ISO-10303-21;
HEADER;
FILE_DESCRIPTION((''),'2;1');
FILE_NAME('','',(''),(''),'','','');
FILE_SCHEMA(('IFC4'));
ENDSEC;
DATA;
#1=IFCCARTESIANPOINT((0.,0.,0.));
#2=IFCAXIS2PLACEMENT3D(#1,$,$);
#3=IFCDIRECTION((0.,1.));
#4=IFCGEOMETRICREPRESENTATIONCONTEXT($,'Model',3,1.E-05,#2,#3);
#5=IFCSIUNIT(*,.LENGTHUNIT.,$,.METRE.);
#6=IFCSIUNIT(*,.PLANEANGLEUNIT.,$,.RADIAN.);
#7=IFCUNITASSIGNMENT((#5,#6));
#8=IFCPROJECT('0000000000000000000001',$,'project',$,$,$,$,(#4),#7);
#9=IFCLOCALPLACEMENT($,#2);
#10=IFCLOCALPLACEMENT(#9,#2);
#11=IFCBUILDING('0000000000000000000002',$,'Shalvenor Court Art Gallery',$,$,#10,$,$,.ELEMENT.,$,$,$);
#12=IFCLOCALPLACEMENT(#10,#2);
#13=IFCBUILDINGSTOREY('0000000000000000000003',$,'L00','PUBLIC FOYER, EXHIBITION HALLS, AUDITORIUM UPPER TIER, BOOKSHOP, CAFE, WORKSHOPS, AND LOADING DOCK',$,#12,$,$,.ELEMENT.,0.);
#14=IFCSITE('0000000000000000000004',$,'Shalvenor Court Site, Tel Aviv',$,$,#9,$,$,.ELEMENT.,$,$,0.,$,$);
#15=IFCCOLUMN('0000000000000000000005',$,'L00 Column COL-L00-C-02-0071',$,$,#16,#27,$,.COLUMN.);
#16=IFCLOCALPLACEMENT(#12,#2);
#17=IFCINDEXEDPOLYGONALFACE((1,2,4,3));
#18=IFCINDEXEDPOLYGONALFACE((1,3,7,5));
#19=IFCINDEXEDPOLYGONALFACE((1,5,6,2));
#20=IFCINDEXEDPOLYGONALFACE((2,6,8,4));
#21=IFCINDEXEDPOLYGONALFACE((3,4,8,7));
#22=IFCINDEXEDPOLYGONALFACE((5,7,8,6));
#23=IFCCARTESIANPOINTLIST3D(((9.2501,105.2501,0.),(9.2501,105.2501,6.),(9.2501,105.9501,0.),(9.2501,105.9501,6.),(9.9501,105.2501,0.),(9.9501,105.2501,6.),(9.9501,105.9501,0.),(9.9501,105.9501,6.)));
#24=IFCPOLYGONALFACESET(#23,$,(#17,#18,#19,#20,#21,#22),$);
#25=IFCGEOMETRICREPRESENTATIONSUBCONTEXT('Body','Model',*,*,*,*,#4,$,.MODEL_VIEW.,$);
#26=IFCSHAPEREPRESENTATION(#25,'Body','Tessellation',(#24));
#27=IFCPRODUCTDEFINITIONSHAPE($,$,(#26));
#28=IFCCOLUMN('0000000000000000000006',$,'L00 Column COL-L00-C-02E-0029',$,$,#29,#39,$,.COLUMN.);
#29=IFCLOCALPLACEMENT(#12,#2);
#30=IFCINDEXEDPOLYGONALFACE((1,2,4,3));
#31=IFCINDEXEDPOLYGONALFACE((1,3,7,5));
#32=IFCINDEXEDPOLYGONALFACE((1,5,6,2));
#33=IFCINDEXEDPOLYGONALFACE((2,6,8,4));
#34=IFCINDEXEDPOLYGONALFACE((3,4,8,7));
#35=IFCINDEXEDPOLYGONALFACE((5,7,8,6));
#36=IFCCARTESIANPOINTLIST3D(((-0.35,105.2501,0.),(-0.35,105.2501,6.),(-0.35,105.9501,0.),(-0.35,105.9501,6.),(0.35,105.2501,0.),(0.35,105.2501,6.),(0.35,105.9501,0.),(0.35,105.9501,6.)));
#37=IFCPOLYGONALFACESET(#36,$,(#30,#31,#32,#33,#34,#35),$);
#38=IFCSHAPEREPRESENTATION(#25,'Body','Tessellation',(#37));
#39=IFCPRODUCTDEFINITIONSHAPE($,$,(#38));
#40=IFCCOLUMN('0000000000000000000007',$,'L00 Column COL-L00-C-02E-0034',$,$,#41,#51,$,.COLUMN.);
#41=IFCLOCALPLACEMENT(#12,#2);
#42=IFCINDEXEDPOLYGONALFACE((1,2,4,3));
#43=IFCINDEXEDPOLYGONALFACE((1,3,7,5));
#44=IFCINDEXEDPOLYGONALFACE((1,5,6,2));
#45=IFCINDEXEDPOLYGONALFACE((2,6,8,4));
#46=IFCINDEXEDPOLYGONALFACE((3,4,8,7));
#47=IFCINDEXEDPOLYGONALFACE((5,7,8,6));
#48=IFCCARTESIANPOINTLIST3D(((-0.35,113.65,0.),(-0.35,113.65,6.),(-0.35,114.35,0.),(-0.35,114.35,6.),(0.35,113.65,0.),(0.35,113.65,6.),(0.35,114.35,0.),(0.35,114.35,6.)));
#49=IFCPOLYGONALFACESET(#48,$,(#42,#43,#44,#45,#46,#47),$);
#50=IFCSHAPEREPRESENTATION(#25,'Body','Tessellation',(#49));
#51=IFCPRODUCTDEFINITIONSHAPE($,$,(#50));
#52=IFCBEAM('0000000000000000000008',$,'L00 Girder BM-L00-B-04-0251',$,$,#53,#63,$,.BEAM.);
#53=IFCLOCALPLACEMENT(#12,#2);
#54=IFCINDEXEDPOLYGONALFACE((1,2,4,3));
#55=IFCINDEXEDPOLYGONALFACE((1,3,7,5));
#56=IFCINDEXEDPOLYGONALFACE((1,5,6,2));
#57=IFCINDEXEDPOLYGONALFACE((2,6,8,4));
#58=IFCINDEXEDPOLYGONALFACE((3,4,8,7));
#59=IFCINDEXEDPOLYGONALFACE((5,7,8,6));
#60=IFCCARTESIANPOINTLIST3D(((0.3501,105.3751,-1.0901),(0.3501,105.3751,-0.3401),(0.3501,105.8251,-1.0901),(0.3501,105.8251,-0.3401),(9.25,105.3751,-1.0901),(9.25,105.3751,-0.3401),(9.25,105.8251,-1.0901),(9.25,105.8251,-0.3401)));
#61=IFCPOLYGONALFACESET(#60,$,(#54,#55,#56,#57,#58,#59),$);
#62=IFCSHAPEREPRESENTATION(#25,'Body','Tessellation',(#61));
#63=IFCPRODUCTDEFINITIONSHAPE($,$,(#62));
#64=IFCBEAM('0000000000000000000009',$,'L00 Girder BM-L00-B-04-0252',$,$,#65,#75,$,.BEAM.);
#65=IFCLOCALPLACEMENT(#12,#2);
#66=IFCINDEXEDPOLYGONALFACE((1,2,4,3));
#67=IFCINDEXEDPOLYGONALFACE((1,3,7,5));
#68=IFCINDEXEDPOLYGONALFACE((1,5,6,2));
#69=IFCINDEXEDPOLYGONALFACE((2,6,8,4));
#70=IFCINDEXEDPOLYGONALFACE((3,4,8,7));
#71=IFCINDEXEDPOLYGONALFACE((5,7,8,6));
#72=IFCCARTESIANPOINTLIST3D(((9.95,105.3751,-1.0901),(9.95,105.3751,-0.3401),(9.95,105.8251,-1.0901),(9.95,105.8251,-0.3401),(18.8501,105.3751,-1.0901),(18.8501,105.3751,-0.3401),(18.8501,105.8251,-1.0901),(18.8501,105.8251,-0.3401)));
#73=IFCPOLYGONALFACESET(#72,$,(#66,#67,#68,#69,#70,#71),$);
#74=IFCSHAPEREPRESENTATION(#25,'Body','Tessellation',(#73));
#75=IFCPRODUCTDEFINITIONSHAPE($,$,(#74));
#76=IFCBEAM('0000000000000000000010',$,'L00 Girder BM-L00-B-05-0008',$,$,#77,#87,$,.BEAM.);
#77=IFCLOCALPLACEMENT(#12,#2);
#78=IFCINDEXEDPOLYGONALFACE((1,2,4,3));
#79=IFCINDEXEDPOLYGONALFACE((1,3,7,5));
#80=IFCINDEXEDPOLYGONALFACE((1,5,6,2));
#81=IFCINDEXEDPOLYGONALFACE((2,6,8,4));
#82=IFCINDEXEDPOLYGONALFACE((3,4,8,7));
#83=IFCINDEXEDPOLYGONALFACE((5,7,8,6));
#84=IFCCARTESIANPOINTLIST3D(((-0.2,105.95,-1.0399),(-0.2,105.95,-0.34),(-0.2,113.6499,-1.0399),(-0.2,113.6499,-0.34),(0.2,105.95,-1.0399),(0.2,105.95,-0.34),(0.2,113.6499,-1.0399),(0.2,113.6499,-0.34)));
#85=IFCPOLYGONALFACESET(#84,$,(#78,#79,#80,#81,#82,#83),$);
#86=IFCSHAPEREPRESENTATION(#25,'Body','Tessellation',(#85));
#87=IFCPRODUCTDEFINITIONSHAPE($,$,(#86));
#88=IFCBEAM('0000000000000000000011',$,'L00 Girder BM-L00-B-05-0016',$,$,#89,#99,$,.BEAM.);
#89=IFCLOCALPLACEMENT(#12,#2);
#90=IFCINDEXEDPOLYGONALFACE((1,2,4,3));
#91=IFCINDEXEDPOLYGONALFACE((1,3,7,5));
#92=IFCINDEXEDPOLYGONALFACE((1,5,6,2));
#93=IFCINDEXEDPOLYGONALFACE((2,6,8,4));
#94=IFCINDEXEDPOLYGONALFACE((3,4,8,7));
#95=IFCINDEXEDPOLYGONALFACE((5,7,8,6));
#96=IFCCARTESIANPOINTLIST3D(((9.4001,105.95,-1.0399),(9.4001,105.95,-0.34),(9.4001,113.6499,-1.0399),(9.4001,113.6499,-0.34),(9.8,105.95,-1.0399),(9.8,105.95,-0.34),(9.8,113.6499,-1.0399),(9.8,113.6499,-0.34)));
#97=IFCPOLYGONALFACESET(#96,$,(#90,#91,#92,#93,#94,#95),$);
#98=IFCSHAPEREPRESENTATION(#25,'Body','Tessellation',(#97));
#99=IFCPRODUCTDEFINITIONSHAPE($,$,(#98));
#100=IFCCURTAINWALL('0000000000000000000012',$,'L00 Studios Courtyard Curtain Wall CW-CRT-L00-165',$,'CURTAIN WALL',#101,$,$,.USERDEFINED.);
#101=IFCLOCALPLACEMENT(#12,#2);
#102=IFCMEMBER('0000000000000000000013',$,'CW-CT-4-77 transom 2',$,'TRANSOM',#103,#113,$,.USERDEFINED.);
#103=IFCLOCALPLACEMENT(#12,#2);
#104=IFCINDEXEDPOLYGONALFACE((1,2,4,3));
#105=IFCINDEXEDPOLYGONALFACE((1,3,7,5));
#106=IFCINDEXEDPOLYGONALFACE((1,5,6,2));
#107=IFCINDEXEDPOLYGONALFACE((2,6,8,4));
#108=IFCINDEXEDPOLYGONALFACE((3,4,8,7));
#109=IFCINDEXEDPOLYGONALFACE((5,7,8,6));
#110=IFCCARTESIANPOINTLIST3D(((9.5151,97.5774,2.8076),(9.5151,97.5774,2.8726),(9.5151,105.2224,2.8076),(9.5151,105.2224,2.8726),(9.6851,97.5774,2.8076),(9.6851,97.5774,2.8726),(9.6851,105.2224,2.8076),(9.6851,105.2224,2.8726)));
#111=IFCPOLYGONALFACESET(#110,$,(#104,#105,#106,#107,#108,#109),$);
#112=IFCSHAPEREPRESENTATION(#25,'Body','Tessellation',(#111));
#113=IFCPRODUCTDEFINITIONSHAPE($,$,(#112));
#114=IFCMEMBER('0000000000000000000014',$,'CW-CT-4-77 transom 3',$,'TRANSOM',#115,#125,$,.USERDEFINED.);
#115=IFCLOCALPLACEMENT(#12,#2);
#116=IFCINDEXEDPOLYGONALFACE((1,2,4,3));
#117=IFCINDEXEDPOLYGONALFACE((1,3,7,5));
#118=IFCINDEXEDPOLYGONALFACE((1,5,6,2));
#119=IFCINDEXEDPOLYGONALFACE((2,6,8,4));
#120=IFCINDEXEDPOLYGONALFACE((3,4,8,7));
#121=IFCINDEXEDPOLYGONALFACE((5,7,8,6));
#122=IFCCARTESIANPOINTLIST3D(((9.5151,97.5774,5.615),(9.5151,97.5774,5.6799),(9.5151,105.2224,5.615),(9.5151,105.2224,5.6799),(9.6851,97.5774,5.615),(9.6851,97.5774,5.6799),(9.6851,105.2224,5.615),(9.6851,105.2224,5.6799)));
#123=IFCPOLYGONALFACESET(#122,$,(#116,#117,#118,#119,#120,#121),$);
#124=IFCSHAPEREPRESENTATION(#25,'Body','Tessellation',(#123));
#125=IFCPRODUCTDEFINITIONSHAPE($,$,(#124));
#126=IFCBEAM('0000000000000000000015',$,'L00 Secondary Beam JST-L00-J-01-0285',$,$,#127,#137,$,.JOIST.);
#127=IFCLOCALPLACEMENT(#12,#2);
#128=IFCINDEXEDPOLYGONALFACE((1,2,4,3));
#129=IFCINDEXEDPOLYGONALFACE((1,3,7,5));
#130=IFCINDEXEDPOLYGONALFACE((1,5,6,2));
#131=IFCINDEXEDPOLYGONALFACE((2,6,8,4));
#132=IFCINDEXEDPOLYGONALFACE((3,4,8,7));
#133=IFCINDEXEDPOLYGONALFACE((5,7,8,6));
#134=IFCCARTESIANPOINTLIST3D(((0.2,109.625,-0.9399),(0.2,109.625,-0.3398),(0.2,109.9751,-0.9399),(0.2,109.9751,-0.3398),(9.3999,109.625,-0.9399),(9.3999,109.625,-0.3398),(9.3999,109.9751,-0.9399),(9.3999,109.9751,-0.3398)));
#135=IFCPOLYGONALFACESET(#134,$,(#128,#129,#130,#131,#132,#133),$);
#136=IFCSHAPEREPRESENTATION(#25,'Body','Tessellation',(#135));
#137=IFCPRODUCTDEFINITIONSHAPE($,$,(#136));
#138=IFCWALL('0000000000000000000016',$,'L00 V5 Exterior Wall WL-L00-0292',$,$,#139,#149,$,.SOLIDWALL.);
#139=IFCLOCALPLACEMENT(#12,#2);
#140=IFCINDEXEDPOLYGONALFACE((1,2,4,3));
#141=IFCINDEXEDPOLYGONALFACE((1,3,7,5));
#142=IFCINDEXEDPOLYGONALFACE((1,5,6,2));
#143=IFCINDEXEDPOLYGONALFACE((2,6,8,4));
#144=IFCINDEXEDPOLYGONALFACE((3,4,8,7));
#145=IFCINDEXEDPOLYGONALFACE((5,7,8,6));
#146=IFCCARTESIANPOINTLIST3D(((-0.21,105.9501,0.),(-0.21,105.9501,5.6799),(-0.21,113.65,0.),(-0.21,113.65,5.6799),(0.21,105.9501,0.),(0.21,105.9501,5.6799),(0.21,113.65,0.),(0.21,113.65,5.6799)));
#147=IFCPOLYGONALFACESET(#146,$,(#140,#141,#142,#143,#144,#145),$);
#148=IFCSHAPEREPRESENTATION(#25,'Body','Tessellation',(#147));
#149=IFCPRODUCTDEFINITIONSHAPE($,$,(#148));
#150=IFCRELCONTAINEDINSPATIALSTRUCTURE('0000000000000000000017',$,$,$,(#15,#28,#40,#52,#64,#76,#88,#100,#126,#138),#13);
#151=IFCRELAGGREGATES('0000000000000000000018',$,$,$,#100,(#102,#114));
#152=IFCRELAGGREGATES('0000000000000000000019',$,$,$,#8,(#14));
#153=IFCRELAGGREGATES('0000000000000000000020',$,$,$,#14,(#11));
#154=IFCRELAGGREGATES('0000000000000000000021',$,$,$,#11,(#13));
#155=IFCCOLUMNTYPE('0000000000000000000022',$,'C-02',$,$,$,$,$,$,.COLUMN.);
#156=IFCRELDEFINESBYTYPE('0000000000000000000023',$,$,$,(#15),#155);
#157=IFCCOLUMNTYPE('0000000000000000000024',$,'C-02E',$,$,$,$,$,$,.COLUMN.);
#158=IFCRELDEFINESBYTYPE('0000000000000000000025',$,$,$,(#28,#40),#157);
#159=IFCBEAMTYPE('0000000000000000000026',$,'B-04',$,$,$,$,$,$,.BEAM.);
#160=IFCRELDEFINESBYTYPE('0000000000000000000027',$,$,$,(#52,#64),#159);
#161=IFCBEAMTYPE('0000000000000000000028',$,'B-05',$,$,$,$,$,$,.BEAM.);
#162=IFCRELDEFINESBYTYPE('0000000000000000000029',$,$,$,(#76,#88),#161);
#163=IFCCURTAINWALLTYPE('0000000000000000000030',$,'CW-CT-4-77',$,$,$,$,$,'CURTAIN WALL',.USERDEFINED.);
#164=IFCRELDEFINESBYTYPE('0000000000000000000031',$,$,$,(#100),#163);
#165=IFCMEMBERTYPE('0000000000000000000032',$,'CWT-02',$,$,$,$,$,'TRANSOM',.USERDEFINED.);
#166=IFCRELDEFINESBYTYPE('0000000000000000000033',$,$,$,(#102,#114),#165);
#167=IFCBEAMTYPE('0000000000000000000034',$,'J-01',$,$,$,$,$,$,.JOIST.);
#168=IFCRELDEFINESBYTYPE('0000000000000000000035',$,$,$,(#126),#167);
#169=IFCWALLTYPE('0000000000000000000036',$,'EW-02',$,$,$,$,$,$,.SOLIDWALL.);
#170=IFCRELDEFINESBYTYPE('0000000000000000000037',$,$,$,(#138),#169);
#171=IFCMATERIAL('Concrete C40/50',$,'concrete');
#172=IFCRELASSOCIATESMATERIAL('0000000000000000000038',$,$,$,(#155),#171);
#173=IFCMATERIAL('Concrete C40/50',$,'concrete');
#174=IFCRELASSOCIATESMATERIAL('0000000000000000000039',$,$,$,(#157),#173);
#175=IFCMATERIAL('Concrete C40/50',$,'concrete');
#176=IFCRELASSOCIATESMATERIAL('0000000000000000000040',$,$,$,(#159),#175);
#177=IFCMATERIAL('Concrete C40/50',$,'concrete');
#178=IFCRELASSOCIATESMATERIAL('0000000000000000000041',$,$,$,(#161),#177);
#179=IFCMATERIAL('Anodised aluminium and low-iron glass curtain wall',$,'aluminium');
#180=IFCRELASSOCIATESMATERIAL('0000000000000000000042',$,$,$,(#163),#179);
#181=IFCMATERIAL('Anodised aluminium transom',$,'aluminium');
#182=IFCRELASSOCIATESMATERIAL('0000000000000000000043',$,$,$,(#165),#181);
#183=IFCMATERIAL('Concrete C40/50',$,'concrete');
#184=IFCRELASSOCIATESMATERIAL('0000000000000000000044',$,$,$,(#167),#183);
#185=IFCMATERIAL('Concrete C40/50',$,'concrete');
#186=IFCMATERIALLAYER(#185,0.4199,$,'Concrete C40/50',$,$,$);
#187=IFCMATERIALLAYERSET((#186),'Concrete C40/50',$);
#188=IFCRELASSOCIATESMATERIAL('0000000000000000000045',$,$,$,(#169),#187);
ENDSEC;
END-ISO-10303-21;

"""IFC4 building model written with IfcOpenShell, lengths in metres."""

from ifc_helpers import new_model, si_unit, direction, frame, frame_2d, origin, origin_2d, place, context, subcontext, project, spatial, rectangle, extrude, material, layer, layer_set, material_profile, profile_set, type_object, element, aggregate, save


model = new_model("IFC4")

# Units and contexts
model_context = context("Model", 3, precision=1e-05, world=origin(), true_north=direction((0.0, 1.0)))
body_context = subcontext(model_context, "Body", "Model", "MODEL_VIEW")
ifc_project = project(units=[si_unit("LENGTHUNIT", "METRE"), si_unit("PLANEANGLEUNIT", "RADIAN")], contexts=[model_context])

# Site, building, storey
site_placement = place(None, origin())
site = spatial("IfcSite", under=ifc_project, at=site_placement, Name="Shalvenor Court Site, Tel Aviv", CompositionType="ELEMENT", RefElevation=0.0)
building_placement = place(site_placement, origin())
building = spatial("IfcBuilding", under=site, at=building_placement, Name="Shalvenor Court Art Gallery", CompositionType="ELEMENT")
storey_placement = place(building_placement, origin())
storey = spatial("IfcBuildingStorey", under=building, at=storey_placement, Name="L00", Description="PUBLIC FOYER, EXHIBITION HALLS, AUDITORIUM UPPER TIER, BOOKSHOP, CAFE, WORKSHOPS, AND LOADING DOCK", CompositionType="ELEMENT", Elevation=0.0)

# Columns
ifc_material_1 = material(Name="Concrete C40/50", Category="concrete")
ifc_material_profile_1 = material_profile(ifc_material_1, rectangle(XDim=0.7, YDim=0.7, at=origin_2d()), Name="RC 700x700")
ifc_profile_set_1 = profile_set([ifc_material_profile_1], Name="Concrete C40/50")
column_type_1 = type_object("IfcColumnType", Name="C-02", PredefinedType="COLUMN", material=ifc_profile_set_1)
column_placement = place(storey_placement, frame((9.6001, 105.6001, 0.0), z_axis=(0.0, 0.0, 1.0), x_axis=(1.0, 0.0, 0.0)))
element("IfcColumn", 1, at=column_placement, inside=storey, type_object=column_type_1, Name="L00 Column COL-L00-C-02-0071", PredefinedType="COLUMN", context=body_context, shape_type="SweptSolid", body=[
    extrude(rectangle(XDim=0.7, YDim=0.7, at=origin_2d()), origin(), (0.0, 0.0, 1.0), 6.0),
])
ifc_material_2 = material(Name="Concrete C40/50", Category="concrete")
ifc_material_profile_2 = material_profile(ifc_material_2, rectangle(XDim=0.7, YDim=0.7, at=origin_2d()), Name="RC 700x700")
ifc_profile_set_2 = profile_set([ifc_material_profile_2], Name="Concrete C40/50")
column_type_2 = type_object("IfcColumnType", Name="C-02E", PredefinedType="COLUMN", material=ifc_profile_set_2)
for number, where, z_axis, x_axis, name in (
    (2, (0.0, 105.6001, 0.0), (0.0, 0.0, 1.0), (1.0, 0.0, 0.0), "L00 Column COL-L00-C-02E-0029"),
    (3, (0.0, 114.0, 0.0), (0.0, 0.0, 1.0), (1.0, 0.0, 0.0), "L00 Column COL-L00-C-02E-0034"),
):
    element("IfcColumn", number, at=place(storey_placement, frame(where, z_axis=z_axis, x_axis=x_axis)), inside=storey, type_object=column_type_2, Name=name, PredefinedType="COLUMN", context=body_context, shape_type="SweptSolid", body=[
        extrude(rectangle(XDim=0.7, YDim=0.7, at=origin_2d()), origin(), (0.0, 0.0, 1.0), 6.0),
    ])

# Beams
ifc_material_3 = material(Name="Concrete C40/50", Category="concrete")
ifc_material_profile_3 = material_profile(ifc_material_3, rectangle(XDim=0.45, YDim=0.75, at=origin_2d()), Name="RC 450x750")
ifc_profile_set_3 = profile_set([ifc_material_profile_3], Name="Concrete C40/50")
beam_type_1 = type_object("IfcBeamType", Name="B-04", PredefinedType="BEAM", material=ifc_profile_set_3)
beam_1_placement = place(storey_placement, frame((0.3501, 105.6001, -0.7151), z_axis=(1.0, 0.0, 0.0), x_axis=(0.0, 1.0, 0.0)))
element("IfcBeam", 4, at=beam_1_placement, inside=storey, type_object=beam_type_1, Name="L00 Girder BM-L00-B-04-0251", PredefinedType="BEAM", context=body_context, shape_type="SweptSolid", body=[
    extrude(rectangle(XDim=0.45, YDim=0.75, at=origin_2d()), origin(), (0.0, 0.0, 1.0), 8.8999),
])
beam_2_placement = place(storey_placement, frame((9.95, 105.6001, -0.7151), z_axis=(1.0, 0.0, 0.0), x_axis=(0.0, 1.0, 0.0)))
element("IfcBeam", 5, at=beam_2_placement, inside=storey, type_object=beam_type_1, Name="L00 Girder BM-L00-B-04-0252", PredefinedType="BEAM", context=body_context, shape_type="SweptSolid", body=[
    extrude(rectangle(XDim=0.45, YDim=0.75, at=origin_2d()), origin(), (0.0, 0.0, 1.0), 8.9001),
])
ifc_material_4 = material(Name="Concrete C40/50", Category="concrete")
ifc_material_profile_4 = material_profile(ifc_material_4, rectangle(XDim=0.3999, YDim=0.7, at=origin_2d()), Name="RC 400x700")
ifc_profile_set_4 = profile_set([ifc_material_profile_4], Name="Concrete C40/50")
beam_type_2 = type_object("IfcBeamType", Name="B-05", PredefinedType="BEAM", material=ifc_profile_set_4)
for number, where, z_axis, x_axis, name in (
    (6, (0.0, 105.95, -0.6899), (0.0, 1.0, 0.0), (-1.0, 0.0, 0.0), "L00 Girder BM-L00-B-05-0008"),
    (7, (9.6001, 105.95, -0.6899), (0.0, 1.0, 0.0), (-1.0, 0.0, 0.0), "L00 Girder BM-L00-B-05-0016"),
):
    element("IfcBeam", number, at=place(storey_placement, frame(where, z_axis=z_axis, x_axis=x_axis)), inside=storey, type_object=beam_type_2, Name=name, PredefinedType="BEAM", context=body_context, shape_type="SweptSolid", body=[
        extrude(rectangle(XDim=0.3999, YDim=0.7, at=origin_2d()), origin(), (0.0, 0.0, 1.0), 7.7),
    ])

# Curtain wall, members
ifc_material_5 = material(Name="Anodised aluminium and low-iron glass curtain wall", Category="aluminium")
curtain_wall_type = type_object("IfcCurtainWallType", Name="CW-CT-4-77", ElementType="CURTAIN WALL", PredefinedType="USERDEFINED", material=ifc_material_5)
curtain_wall_placement = place(storey_placement, origin())
curtain_wall = element("IfcCurtainWall", 8, at=curtain_wall_placement, inside=storey, type_object=curtain_wall_type, Name="L00 Studios Courtyard Curtain Wall CW-CRT-L00-165", ObjectType="CURTAIN WALL", PredefinedType="USERDEFINED")
ifc_material_6 = material(Name="Anodised aluminium transom", Category="aluminium")
ifc_material_profile_5 = material_profile(ifc_material_6, rectangle(XDim=0.1699, YDim=0.0649, at=origin_2d()), Name="CWT-02")
ifc_profile_set_5 = profile_set([ifc_material_profile_5], Name="Anodised aluminium transom")
member_type = type_object("IfcMemberType", Name="CWT-02", ElementType="TRANSOM", PredefinedType="USERDEFINED", material=ifc_profile_set_5)
member_1_placement = place(storey_placement, frame((9.6001, 105.2224, 2.8401), z_axis=(0.0, -1.0, 0.0), x_axis=(1.0, 0.0, 0.0)))
member_1 = element("IfcMember", 9, at=member_1_placement, type_object=member_type, Name="CW-CT-4-77 transom 2", ObjectType="TRANSOM", PredefinedType="USERDEFINED", context=body_context, shape_type="SweptSolid", body=[
    extrude(rectangle(XDim=0.1699, YDim=0.0649, at=origin_2d()), origin(), (0.0, 0.0, 1.0), 7.645),
])
member_2_placement = place(storey_placement, frame((9.6001, 105.2224, 5.6475), z_axis=(0.0, -1.0, 0.0), x_axis=(1.0, 0.0, 0.0)))
member_2 = element("IfcMember", 10, at=member_2_placement, type_object=member_type, Name="CW-CT-4-77 transom 3", ObjectType="TRANSOM", PredefinedType="USERDEFINED", context=body_context, shape_type="SweptSolid", body=[
    extrude(rectangle(XDim=0.1699, YDim=0.0649, at=origin_2d()), origin(), (0.0, 0.0, 1.0), 7.645),
])
aggregate(curtain_wall, [member_1, member_2])

# Beam
ifc_material_7 = material(Name="Concrete C40/50", Category="concrete")
ifc_material_profile_6 = material_profile(ifc_material_7, rectangle(XDim=0.3501, YDim=0.6001, at=origin_2d()), Name="RC 350x600")
ifc_profile_set_6 = profile_set([ifc_material_profile_6], Name="Concrete C40/50")
beam_type_3 = type_object("IfcBeamType", Name="J-01", PredefinedType="JOIST", material=ifc_profile_set_6)
beam_3_placement = place(storey_placement, frame((0.2, 109.8, -0.6399), z_axis=(1.0, 0.0, 0.0), x_axis=(0.0, 1.0, 0.0)))
element("IfcBeam", 11, at=beam_3_placement, inside=storey, type_object=beam_type_3, Name="L00 Secondary Beam JST-L00-J-01-0285", PredefinedType="JOIST", context=body_context, shape_type="SweptSolid", body=[
    extrude(rectangle(XDim=0.3501, YDim=0.6001, at=origin_2d()), origin(), (0.0, 0.0, 1.0), 9.2),
])

# Wall
ifc_material_8 = material(Name="Concrete C40/50", Category="concrete")
ifc_layer_1 = layer(ifc_material_8, 0.4199, Name="Concrete C40/50")
ifc_layer_set_1 = layer_set([ifc_layer_1], Name="Concrete C40/50")
wall_type_1 = type_object("IfcWallType", Name="EW-02", PredefinedType="SOLIDWALL", material=ifc_layer_set_1)
wall_1_placement = place(storey_placement, frame((0.0, 105.95, 0.0), z_axis=(0.0, 0.0, 1.0), x_axis=(0.0, 1.0, 0.0)))
element("IfcWall", 12, at=wall_1_placement, inside=storey, type_object=wall_type_1, Name="L00 V5 Exterior Wall WL-L00-0292", PredefinedType="SOLIDWALL", context=body_context, shape_type="SweptSolid", body=[
    extrude(rectangle(XDim=7.7, YDim=0.4199, at=frame_2d((3.8501, 0.0))), origin(), (0.0, 0.0, 1.0), 5.6799),
])

save(model, "model.ifc")
